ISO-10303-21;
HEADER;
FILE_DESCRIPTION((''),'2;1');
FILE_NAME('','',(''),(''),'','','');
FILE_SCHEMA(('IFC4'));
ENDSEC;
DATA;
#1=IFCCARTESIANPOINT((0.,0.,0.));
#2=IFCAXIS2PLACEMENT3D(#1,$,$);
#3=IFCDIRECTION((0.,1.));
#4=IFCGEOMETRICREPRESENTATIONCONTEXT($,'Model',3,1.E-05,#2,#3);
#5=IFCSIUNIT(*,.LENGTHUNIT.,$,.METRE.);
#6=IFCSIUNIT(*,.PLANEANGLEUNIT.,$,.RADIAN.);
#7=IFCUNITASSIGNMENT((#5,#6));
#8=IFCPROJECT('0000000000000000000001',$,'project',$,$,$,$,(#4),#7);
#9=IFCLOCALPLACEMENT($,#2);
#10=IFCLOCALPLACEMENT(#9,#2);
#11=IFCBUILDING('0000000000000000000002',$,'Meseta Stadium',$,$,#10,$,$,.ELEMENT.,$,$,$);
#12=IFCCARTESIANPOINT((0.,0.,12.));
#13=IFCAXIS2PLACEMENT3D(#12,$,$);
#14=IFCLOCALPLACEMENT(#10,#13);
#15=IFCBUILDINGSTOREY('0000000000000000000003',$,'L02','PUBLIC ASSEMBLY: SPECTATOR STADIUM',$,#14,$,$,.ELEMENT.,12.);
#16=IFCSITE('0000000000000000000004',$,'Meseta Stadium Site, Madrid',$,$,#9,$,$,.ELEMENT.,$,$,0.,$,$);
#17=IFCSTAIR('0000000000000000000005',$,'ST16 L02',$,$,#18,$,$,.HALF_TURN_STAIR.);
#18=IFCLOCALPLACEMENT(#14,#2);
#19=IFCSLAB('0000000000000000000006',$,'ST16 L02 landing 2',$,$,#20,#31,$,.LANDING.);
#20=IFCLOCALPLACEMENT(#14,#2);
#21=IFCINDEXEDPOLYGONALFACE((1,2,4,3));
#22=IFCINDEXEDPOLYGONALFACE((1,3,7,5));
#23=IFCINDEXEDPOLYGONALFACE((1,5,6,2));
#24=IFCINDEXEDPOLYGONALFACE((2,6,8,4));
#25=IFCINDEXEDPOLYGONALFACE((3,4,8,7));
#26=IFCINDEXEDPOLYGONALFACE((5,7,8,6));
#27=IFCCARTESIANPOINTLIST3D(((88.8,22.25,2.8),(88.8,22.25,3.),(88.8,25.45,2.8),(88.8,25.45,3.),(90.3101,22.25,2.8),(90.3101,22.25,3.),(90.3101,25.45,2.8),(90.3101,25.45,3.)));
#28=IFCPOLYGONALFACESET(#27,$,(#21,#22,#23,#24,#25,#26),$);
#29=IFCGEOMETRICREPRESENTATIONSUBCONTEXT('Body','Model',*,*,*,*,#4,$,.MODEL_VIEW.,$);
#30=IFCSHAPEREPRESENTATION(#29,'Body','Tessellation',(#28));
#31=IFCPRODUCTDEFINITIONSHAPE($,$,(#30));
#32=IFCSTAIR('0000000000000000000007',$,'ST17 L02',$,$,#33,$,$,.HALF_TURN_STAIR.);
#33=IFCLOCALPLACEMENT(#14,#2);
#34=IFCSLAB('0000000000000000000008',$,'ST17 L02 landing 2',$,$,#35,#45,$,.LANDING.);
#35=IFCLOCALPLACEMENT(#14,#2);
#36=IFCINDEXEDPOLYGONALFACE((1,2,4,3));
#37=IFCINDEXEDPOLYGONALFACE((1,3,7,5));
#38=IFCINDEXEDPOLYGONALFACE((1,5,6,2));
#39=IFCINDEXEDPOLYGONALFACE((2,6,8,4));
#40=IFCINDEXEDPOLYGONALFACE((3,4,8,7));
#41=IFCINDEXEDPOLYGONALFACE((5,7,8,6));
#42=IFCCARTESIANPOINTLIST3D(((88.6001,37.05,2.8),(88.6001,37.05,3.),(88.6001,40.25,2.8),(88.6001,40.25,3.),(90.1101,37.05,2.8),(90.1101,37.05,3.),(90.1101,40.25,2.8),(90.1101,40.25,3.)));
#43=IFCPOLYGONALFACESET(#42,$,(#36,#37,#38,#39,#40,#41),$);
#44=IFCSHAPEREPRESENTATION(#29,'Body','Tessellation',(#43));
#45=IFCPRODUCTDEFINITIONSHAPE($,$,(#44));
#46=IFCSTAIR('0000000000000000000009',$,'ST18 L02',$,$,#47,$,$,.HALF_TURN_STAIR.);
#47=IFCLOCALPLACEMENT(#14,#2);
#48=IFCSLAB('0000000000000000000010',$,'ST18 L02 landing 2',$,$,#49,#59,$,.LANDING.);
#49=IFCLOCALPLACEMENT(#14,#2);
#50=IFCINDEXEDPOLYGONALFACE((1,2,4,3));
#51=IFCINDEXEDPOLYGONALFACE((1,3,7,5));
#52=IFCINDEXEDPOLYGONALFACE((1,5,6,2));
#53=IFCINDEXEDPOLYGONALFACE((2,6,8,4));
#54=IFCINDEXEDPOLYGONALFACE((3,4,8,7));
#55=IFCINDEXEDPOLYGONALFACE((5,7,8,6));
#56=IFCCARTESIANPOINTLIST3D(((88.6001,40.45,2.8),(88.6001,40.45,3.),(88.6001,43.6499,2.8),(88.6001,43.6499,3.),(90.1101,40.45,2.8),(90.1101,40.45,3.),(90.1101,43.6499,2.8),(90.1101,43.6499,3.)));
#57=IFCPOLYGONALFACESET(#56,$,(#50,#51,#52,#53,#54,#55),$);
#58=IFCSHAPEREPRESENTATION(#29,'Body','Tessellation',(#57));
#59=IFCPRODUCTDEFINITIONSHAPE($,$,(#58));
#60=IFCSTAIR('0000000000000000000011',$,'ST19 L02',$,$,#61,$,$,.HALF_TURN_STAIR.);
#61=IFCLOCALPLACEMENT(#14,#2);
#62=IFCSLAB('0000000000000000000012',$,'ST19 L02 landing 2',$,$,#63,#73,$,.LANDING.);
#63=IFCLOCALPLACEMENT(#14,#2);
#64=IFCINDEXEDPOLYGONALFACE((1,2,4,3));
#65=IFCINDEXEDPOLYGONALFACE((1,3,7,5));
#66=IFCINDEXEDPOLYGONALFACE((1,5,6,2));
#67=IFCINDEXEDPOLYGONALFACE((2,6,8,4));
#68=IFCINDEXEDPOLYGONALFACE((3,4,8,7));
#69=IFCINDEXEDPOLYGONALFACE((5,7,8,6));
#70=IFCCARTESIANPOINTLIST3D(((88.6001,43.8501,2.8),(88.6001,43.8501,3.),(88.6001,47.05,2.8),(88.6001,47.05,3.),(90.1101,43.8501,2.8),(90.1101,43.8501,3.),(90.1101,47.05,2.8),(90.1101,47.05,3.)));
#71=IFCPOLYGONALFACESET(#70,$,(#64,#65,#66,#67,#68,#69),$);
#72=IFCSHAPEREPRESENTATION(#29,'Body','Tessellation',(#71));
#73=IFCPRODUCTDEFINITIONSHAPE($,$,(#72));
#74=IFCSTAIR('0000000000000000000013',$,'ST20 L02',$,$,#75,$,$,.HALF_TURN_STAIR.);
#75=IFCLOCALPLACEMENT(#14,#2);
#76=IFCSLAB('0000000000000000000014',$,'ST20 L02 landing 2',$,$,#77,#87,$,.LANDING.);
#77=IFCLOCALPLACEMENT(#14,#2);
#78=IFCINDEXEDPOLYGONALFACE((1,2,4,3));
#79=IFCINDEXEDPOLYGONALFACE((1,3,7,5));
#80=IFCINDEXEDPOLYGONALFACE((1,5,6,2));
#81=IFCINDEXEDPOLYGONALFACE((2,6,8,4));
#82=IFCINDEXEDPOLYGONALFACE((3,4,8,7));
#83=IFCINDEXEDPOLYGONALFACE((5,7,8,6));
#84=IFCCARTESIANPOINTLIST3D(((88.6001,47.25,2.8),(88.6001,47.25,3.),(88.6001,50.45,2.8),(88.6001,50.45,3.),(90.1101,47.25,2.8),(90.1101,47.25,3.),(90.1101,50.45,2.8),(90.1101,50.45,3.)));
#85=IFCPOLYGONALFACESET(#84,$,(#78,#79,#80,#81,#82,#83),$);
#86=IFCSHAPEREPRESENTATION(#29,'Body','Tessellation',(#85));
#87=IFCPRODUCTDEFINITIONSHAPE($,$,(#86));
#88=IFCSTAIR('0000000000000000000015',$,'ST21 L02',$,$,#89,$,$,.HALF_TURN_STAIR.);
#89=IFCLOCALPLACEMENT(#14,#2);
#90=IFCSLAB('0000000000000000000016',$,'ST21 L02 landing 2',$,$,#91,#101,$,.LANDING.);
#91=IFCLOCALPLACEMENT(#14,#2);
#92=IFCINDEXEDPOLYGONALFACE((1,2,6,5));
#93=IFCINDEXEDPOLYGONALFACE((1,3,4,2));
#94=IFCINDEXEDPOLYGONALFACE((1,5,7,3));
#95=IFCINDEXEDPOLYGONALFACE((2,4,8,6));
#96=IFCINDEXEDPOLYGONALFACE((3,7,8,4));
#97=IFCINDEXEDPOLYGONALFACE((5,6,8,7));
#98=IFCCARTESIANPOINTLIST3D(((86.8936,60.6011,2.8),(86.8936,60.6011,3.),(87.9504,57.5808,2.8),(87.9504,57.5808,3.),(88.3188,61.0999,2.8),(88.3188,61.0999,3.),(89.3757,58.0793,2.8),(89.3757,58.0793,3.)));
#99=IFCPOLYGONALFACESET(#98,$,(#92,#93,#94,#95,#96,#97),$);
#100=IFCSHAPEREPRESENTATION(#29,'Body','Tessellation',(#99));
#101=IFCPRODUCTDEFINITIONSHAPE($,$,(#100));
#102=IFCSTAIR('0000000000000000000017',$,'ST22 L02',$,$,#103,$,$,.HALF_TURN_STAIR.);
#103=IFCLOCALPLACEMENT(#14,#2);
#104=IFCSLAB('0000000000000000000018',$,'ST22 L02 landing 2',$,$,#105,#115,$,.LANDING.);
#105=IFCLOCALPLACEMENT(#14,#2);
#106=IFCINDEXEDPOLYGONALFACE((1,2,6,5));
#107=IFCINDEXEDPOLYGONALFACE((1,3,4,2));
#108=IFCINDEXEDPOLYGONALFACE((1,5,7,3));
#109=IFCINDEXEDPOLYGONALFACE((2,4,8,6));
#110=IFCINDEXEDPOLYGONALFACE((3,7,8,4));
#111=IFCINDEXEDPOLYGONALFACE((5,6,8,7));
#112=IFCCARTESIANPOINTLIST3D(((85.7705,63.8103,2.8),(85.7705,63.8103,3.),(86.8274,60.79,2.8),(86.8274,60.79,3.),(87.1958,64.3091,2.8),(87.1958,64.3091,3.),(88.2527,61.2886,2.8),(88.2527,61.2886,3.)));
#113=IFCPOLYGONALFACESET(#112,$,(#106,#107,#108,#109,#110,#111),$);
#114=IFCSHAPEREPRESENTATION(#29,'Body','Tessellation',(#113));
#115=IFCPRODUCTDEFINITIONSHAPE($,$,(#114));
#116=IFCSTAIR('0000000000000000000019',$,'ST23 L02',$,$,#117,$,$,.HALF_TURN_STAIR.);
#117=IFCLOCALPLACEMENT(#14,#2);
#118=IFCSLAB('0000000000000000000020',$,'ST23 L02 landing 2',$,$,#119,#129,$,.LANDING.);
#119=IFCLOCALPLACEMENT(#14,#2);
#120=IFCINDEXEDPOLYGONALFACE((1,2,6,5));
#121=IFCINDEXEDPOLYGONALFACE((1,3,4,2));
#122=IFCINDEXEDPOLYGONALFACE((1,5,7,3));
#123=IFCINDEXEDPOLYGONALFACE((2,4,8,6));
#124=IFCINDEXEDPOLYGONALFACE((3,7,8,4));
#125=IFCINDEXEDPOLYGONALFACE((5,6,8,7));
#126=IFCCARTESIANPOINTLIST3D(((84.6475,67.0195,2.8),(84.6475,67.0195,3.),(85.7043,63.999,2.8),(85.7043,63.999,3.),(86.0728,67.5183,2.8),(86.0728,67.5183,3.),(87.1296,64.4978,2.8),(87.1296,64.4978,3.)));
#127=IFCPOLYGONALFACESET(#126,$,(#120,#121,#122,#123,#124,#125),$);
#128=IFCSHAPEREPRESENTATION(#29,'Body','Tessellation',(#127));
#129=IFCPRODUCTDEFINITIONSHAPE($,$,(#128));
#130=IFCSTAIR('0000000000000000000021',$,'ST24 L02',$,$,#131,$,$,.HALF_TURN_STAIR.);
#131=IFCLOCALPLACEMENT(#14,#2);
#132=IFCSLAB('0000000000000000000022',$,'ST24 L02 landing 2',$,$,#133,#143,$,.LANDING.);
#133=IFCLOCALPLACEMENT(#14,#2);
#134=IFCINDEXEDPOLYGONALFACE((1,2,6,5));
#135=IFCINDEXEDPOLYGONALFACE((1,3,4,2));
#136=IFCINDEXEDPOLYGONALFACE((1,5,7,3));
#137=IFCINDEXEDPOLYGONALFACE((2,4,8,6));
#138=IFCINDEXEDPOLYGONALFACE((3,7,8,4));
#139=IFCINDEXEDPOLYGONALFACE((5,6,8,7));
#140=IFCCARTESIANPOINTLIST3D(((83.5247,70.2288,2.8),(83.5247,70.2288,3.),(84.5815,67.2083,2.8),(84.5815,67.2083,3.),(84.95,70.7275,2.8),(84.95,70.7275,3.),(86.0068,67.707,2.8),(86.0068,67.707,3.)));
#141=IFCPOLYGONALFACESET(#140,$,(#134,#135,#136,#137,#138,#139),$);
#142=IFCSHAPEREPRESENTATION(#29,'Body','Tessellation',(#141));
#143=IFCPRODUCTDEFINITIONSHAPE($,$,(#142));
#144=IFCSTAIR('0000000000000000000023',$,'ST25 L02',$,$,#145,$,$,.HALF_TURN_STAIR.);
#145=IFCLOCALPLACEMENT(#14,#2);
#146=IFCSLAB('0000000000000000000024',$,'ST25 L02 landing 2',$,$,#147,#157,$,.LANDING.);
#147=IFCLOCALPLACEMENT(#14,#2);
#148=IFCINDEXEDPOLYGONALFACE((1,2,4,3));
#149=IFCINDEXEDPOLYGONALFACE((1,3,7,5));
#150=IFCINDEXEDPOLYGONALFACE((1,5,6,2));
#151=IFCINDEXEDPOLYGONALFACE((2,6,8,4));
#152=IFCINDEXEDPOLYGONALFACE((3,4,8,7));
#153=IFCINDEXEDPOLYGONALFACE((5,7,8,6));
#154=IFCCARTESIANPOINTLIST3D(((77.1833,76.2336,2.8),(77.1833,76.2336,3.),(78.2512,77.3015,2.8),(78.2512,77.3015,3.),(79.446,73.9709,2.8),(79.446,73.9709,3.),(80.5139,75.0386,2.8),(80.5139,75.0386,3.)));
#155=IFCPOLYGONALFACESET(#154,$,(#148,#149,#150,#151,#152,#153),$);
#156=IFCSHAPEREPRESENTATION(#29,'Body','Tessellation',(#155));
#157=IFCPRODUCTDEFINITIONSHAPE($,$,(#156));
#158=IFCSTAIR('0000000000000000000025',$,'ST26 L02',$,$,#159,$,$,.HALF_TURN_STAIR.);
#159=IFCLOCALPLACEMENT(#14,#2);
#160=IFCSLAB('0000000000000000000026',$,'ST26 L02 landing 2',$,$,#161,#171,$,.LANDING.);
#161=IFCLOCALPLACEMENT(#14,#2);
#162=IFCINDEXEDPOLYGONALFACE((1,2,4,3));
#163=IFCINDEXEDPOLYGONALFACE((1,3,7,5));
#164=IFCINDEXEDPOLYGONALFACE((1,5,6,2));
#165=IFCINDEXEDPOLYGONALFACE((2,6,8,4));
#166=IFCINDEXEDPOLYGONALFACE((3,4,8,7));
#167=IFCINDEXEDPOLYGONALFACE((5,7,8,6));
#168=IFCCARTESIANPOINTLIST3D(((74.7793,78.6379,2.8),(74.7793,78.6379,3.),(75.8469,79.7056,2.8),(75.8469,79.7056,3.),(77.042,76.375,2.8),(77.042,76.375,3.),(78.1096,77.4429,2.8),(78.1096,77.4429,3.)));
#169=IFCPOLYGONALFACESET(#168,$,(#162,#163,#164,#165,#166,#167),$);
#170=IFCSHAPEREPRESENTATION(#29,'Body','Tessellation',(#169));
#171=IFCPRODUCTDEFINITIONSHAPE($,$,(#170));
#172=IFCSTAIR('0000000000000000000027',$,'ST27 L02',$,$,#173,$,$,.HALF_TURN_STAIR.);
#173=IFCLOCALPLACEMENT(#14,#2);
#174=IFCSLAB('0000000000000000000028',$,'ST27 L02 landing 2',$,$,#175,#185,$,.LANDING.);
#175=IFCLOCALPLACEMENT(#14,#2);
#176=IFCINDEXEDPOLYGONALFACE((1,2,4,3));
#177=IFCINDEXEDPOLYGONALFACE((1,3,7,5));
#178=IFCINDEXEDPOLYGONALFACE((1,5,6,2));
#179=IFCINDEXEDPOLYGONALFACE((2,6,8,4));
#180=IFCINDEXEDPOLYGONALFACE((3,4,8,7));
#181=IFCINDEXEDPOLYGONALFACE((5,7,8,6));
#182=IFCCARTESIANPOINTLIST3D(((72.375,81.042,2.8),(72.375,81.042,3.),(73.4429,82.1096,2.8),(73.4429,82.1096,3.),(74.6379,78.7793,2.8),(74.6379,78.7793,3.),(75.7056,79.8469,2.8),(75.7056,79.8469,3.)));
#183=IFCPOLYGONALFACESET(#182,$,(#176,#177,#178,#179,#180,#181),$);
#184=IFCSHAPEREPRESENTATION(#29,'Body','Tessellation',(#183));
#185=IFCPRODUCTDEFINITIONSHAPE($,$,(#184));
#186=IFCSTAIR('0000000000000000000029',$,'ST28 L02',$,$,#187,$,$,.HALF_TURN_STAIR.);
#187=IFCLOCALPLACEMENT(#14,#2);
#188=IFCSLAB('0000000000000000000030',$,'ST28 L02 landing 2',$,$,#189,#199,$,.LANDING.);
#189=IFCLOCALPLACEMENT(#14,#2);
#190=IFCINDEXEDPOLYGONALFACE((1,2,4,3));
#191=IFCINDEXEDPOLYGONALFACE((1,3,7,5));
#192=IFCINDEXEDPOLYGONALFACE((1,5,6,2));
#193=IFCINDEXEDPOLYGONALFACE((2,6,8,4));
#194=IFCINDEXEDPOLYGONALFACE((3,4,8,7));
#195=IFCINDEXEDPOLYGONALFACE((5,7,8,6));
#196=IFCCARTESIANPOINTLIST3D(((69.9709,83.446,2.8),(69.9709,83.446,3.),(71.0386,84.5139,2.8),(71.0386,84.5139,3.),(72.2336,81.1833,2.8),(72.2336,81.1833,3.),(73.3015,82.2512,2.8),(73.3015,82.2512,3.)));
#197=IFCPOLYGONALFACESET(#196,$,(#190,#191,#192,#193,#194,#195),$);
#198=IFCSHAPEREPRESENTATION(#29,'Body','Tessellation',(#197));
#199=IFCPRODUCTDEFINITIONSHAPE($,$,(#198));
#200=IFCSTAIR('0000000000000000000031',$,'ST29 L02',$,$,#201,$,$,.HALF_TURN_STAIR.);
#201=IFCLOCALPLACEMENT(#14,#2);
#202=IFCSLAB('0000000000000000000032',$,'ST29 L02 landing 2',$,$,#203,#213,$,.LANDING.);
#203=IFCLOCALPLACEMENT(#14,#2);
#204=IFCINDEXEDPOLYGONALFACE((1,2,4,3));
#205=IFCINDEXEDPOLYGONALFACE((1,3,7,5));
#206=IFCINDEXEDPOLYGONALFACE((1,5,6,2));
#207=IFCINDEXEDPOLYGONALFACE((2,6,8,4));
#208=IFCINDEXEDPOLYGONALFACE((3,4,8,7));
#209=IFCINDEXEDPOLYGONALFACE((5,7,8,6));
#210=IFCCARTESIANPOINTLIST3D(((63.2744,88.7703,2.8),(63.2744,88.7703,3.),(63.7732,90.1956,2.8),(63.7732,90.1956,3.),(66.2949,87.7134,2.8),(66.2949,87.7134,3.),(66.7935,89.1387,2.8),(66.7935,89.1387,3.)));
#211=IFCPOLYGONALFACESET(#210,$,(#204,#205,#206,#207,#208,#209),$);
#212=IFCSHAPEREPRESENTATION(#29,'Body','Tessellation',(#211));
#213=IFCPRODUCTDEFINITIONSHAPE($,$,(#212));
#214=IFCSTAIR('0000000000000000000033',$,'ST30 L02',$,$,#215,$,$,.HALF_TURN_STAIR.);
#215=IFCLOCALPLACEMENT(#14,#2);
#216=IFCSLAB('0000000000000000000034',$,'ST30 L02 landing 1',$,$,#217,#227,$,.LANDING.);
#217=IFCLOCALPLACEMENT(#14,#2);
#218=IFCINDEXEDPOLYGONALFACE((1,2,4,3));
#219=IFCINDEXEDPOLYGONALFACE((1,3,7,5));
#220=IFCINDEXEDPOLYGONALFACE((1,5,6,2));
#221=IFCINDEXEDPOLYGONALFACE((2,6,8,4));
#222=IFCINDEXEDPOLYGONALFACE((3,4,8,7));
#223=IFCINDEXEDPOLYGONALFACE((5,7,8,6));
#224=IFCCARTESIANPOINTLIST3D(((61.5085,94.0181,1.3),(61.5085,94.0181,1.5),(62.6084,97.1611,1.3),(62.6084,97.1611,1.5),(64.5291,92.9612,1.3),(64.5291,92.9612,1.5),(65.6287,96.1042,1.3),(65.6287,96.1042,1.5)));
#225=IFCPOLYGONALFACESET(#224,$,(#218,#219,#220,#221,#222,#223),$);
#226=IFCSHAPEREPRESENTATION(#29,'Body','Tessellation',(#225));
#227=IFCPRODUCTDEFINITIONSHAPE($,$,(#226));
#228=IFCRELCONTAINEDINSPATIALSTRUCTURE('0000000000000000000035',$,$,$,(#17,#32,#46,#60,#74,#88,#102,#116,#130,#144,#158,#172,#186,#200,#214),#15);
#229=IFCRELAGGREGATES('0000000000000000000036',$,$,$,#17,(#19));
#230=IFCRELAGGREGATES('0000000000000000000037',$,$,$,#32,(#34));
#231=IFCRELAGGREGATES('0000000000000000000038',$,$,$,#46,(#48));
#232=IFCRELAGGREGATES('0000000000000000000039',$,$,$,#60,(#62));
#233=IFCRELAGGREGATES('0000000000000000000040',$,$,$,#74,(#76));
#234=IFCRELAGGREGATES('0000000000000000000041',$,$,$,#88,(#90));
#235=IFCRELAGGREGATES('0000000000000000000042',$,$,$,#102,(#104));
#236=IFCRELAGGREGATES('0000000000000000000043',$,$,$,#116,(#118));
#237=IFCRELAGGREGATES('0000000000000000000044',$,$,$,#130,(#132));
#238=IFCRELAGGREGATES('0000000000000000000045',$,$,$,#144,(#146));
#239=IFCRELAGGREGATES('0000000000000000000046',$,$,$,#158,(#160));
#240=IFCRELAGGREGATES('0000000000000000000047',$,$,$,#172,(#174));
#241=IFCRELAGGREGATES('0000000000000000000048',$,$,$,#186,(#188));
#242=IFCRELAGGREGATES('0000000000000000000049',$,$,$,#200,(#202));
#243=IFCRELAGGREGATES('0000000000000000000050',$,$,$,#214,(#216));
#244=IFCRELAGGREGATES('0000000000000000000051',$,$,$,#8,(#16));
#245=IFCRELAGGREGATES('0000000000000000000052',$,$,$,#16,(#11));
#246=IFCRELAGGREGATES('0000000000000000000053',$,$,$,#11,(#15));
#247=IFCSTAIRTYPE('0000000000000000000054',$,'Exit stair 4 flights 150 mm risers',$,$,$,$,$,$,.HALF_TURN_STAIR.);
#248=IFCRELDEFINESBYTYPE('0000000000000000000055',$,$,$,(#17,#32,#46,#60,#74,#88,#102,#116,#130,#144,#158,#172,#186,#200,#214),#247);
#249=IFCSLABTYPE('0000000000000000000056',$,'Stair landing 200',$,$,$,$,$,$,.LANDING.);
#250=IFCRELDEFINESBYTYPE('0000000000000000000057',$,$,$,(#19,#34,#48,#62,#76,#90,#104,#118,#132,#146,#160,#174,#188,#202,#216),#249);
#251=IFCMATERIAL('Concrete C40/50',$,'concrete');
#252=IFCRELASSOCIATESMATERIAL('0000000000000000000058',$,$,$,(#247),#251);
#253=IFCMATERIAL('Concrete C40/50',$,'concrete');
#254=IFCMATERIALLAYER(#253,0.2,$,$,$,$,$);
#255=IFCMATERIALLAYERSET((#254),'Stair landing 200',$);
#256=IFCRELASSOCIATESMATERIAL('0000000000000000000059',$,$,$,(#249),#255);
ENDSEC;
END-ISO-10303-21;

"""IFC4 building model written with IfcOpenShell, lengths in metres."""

from ifc_helpers import new_model, si_unit, direction, frame, origin, place, context, subcontext, project, spatial, polyline, outline, extrude, material, layer, layer_set, type_object, element, aggregate, save


model = new_model("IFC4")

# Units and contexts
model_context = context("Model", 3, precision=1e-05, world=origin(), true_north=direction((0.0, 1.0)))
body_context = subcontext(model_context, "Body", "Model", "MODEL_VIEW")
ifc_project = project(units=[si_unit("LENGTHUNIT", "METRE"), si_unit("PLANEANGLEUNIT", "RADIAN")], contexts=[model_context])

# Site, building, storey
site_placement = place(None, origin())
site = spatial("IfcSite", under=ifc_project, at=site_placement, Name="Meseta Stadium Site, Madrid", CompositionType="ELEMENT", RefElevation=0.0)
building_placement = place(site_placement, origin())
building = spatial("IfcBuilding", under=site, at=building_placement, Name="Meseta Stadium", CompositionType="ELEMENT")
storey_placement = place(building_placement, frame((0.0, 0.0, 12.0)))
storey = spatial("IfcBuildingStorey", under=building, at=storey_placement, Name="L02", Description="PUBLIC ASSEMBLY: SPECTATOR STADIUM", CompositionType="ELEMENT", Elevation=12.0)

# Stairs, slabs
ifc_material_1 = material(Name="Concrete C40/50", Category="concrete")
stair_type = type_object("IfcStairType", Name="Exit stair 4 flights 150 mm risers", PredefinedType="HALF_TURN_STAIR", material=ifc_material_1)
ifc_material_2 = material(Name="Concrete C40/50", Category="concrete")
ifc_layer = layer(ifc_material_2, 0.2)
ifc_layer_set = layer_set([ifc_layer], Name="Stair landing 200")
slab_type = type_object("IfcSlabType", Name="Stair landing 200", PredefinedType="LANDING", material=ifc_layer_set)
stair_1_placement = place(storey_placement, origin())
stair_1 = element("IfcStair", 1, at=stair_1_placement, inside=storey, type_object=stair_type, Name="ST16 L02", PredefinedType="HALF_TURN_STAIR")
slab_1_placement = place(storey_placement, frame((0.0, 0.0, 2.8)))
slab_1 = element("IfcSlab", 2, at=slab_1_placement, type_object=slab_type, Name="ST16 L02 landing 2", PredefinedType="LANDING", context=body_context, shape_type="SweptSolid", body=[
    extrude(outline(polyline([(88.8, 22.25), (90.3101, 22.25), (90.3101, 25.45), (88.8, 25.45), (88.8, 22.25)])), origin(), (0.0, 0.0, 1.0), 0.2),
])
aggregate(stair_1, [slab_1])
stair_2_placement = place(storey_placement, origin())
stair_2 = element("IfcStair", 3, at=stair_2_placement, inside=storey, type_object=stair_type, Name="ST17 L02", PredefinedType="HALF_TURN_STAIR")
slab_2_placement = place(storey_placement, frame((0.0, 0.0, 2.8)))
slab_2 = element("IfcSlab", 4, at=slab_2_placement, type_object=slab_type, Name="ST17 L02 landing 2", PredefinedType="LANDING", context=body_context, shape_type="SweptSolid", body=[
    extrude(outline(polyline([(88.6001, 37.05), (90.1101, 37.05), (90.1101, 40.25), (88.6001, 40.25), (88.6001, 37.05)])), origin(), (0.0, 0.0, 1.0), 0.2),
])
aggregate(stair_2, [slab_2])
stair_3_placement = place(storey_placement, origin())
stair_3 = element("IfcStair", 5, at=stair_3_placement, inside=storey, type_object=stair_type, Name="ST18 L02", PredefinedType="HALF_TURN_STAIR")
slab_3_placement = place(storey_placement, frame((0.0, 0.0, 2.8)))
slab_3 = element("IfcSlab", 6, at=slab_3_placement, type_object=slab_type, Name="ST18 L02 landing 2", PredefinedType="LANDING", context=body_context, shape_type="SweptSolid", body=[
    extrude(outline(polyline([(88.6001, 40.45), (90.1101, 40.45), (90.1101, 43.6499), (88.6001, 43.6499), (88.6001, 40.45)])), origin(), (0.0, 0.0, 1.0), 0.2),
])
aggregate(stair_3, [slab_3])
stair_4_placement = place(storey_placement, origin())
stair_4 = element("IfcStair", 7, at=stair_4_placement, inside=storey, type_object=stair_type, Name="ST19 L02", PredefinedType="HALF_TURN_STAIR")
slab_4_placement = place(storey_placement, frame((0.0, 0.0, 2.8)))
slab_4 = element("IfcSlab", 8, at=slab_4_placement, type_object=slab_type, Name="ST19 L02 landing 2", PredefinedType="LANDING", context=body_context, shape_type="SweptSolid", body=[
    extrude(outline(polyline([(88.6001, 43.8501), (90.1101, 43.8501), (90.1101, 47.05), (88.6001, 47.05), (88.6001, 43.8501)])), origin(), (0.0, 0.0, 1.0), 0.2),
])
aggregate(stair_4, [slab_4])
stair_5_placement = place(storey_placement, origin())
stair_5 = element("IfcStair", 9, at=stair_5_placement, inside=storey, type_object=stair_type, Name="ST20 L02", PredefinedType="HALF_TURN_STAIR")
slab_5_placement = place(storey_placement, frame((0.0, 0.0, 2.8)))
slab_5 = element("IfcSlab", 10, at=slab_5_placement, type_object=slab_type, Name="ST20 L02 landing 2", PredefinedType="LANDING", context=body_context, shape_type="SweptSolid", body=[
    extrude(outline(polyline([(88.6001, 47.25), (90.1101, 47.25), (90.1101, 50.45), (88.6001, 50.45), (88.6001, 47.25)])), origin(), (0.0, 0.0, 1.0), 0.2),
])
aggregate(stair_5, [slab_5])
stair_6_placement = place(storey_placement, origin())
stair_6 = element("IfcStair", 11, at=stair_6_placement, inside=storey, type_object=stair_type, Name="ST21 L02", PredefinedType="HALF_TURN_STAIR")
slab_6_placement = place(storey_placement, frame((0.0, 0.0, 2.8)))
slab_6 = element("IfcSlab", 12, at=slab_6_placement, type_object=slab_type, Name="ST21 L02 landing 2", PredefinedType="LANDING", context=body_context, shape_type="SweptSolid", body=[
    extrude(outline(polyline([(87.9504, 57.5808), (89.3757, 58.0793), (88.3188, 61.0999), (86.8936, 60.6011), (87.9504, 57.5808)])), origin(), (0.0, 0.0, 1.0), 0.2),
])
aggregate(stair_6, [slab_6])
stair_7_placement = place(storey_placement, origin())
stair_7 = element("IfcStair", 13, at=stair_7_placement, inside=storey, type_object=stair_type, Name="ST22 L02", PredefinedType="HALF_TURN_STAIR")
slab_7_placement = place(storey_placement, frame((0.0, 0.0, 2.8)))
slab_7 = element("IfcSlab", 14, at=slab_7_placement, type_object=slab_type, Name="ST22 L02 landing 2", PredefinedType="LANDING", context=body_context, shape_type="SweptSolid", body=[
    extrude(outline(polyline([(86.8274, 60.79), (88.2527, 61.2886), (87.1958, 64.3091), (85.7705, 63.8103), (86.8274, 60.79)])), origin(), (0.0, 0.0, 1.0), 0.2),
])
aggregate(stair_7, [slab_7])
stair_8_placement = place(storey_placement, origin())
stair_8 = element("IfcStair", 15, at=stair_8_placement, inside=storey, type_object=stair_type, Name="ST23 L02", PredefinedType="HALF_TURN_STAIR")
slab_8_placement = place(storey_placement, frame((0.0, 0.0, 2.8)))
slab_8 = element("IfcSlab", 16, at=slab_8_placement, type_object=slab_type, Name="ST23 L02 landing 2", PredefinedType="LANDING", context=body_context, shape_type="SweptSolid", body=[
    extrude(outline(polyline([(85.7043, 63.999), (87.1296, 64.4978), (86.0728, 67.5183), (84.6475, 67.0195), (85.7043, 63.999)])), origin(), (0.0, 0.0, 1.0), 0.2),
])
aggregate(stair_8, [slab_8])
stair_9_placement = place(storey_placement, origin())
stair_9 = element("IfcStair", 17, at=stair_9_placement, inside=storey, type_object=stair_type, Name="ST24 L02", PredefinedType="HALF_TURN_STAIR")
slab_9_placement = place(storey_placement, frame((0.0, 0.0, 2.8)))
slab_9 = element("IfcSlab", 18, at=slab_9_placement, type_object=slab_type, Name="ST24 L02 landing 2", PredefinedType="LANDING", context=body_context, shape_type="SweptSolid", body=[
    extrude(outline(polyline([(84.5815, 67.2083), (86.0068, 67.707), (84.95, 70.7275), (83.5247, 70.2288), (84.5815, 67.2083)])), origin(), (0.0, 0.0, 1.0), 0.2),
])
aggregate(stair_9, [slab_9])
stair_10_placement = place(storey_placement, origin())
stair_10 = element("IfcStair", 19, at=stair_10_placement, inside=storey, type_object=stair_type, Name="ST25 L02", PredefinedType="HALF_TURN_STAIR")
slab_10_placement = place(storey_placement, frame((0.0, 0.0, 2.8)))
slab_10 = element("IfcSlab", 20, at=slab_10_placement, type_object=slab_type, Name="ST25 L02 landing 2", PredefinedType="LANDING", context=body_context, shape_type="SweptSolid", body=[
    extrude(outline(polyline([(79.446, 73.9709), (80.5139, 75.0386), (78.2512, 77.3015), (77.1833, 76.2336), (79.446, 73.9709)])), origin(), (0.0, 0.0, 1.0), 0.2),
])
aggregate(stair_10, [slab_10])
stair_11_placement = place(storey_placement, origin())
stair_11 = element("IfcStair", 21, at=stair_11_placement, inside=storey, type_object=stair_type, Name="ST26 L02", PredefinedType="HALF_TURN_STAIR")
slab_11_placement = place(storey_placement, frame((0.0, 0.0, 2.8)))
slab_11 = element("IfcSlab", 22, at=slab_11_placement, type_object=slab_type, Name="ST26 L02 landing 2", PredefinedType="LANDING", context=body_context, shape_type="SweptSolid", body=[
    extrude(outline(polyline([(77.042, 76.375), (78.1096, 77.4429), (75.8469, 79.7056), (74.7793, 78.6379), (77.042, 76.375)])), origin(), (0.0, 0.0, 1.0), 0.2),
])
aggregate(stair_11, [slab_11])
stair_12_placement = place(storey_placement, origin())
stair_12 = element("IfcStair", 23, at=stair_12_placement, inside=storey, type_object=stair_type, Name="ST27 L02", PredefinedType="HALF_TURN_STAIR")
slab_12_placement = place(storey_placement, frame((0.0, 0.0, 2.8)))
slab_12 = element("IfcSlab", 24, at=slab_12_placement, type_object=slab_type, Name="ST27 L02 landing 2", PredefinedType="LANDING", context=body_context, shape_type="SweptSolid", body=[
    extrude(outline(polyline([(74.6379, 78.7793), (75.7056, 79.8469), (73.4429, 82.1096), (72.375, 81.042), (74.6379, 78.7793)])), origin(), (0.0, 0.0, 1.0), 0.2),
])
aggregate(stair_12, [slab_12])
stair_13_placement = place(storey_placement, origin())
stair_13 = element("IfcStair", 25, at=stair_13_placement, inside=storey, type_object=stair_type, Name="ST28 L02", PredefinedType="HALF_TURN_STAIR")
slab_13_placement = place(storey_placement, frame((0.0, 0.0, 2.8)))
slab_13 = element("IfcSlab", 26, at=slab_13_placement, type_object=slab_type, Name="ST28 L02 landing 2", PredefinedType="LANDING", context=body_context, shape_type="SweptSolid", body=[
    extrude(outline(polyline([(72.2336, 81.1833), (73.3015, 82.2512), (71.0386, 84.5139), (69.9709, 83.446), (72.2336, 81.1833)])), origin(), (0.0, 0.0, 1.0), 0.2),
])
aggregate(stair_13, [slab_13])
stair_14_placement = place(storey_placement, origin())
stair_14 = element("IfcStair", 27, at=stair_14_placement, inside=storey, type_object=stair_type, Name="ST29 L02", PredefinedType="HALF_TURN_STAIR")
slab_14_placement = place(storey_placement, frame((0.0, 0.0, 2.8)))
slab_14 = element("IfcSlab", 28, at=slab_14_placement, type_object=slab_type, Name="ST29 L02 landing 2", PredefinedType="LANDING", context=body_context, shape_type="SweptSolid", body=[
    extrude(outline(polyline([(66.2949, 87.7134), (66.7935, 89.1387), (63.7732, 90.1956), (63.2744, 88.7703), (66.2949, 87.7134)])), origin(), (0.0, 0.0, 1.0), 0.2),
])
aggregate(stair_14, [slab_14])

# Stair, slab
stair_15_placement = place(storey_placement, origin())
stair_15 = element("IfcStair", 29, at=stair_15_placement, inside=storey, type_object=stair_type, Name="ST30 L02", PredefinedType="HALF_TURN_STAIR")
slab_15_placement = place(storey_placement, frame((0.0, 0.0, 1.3)))
slab_15 = element("IfcSlab", 30, at=slab_15_placement, type_object=slab_type, Name="ST30 L02 landing 1", PredefinedType="LANDING", context=body_context, shape_type="SweptSolid", body=[
    extrude(outline(polyline([(64.5291, 92.9612), (65.6287, 96.1042), (62.6084, 97.1611), (61.5085, 94.0181), (64.5291, 92.9612)])), origin(), (0.0, 0.0, 1.0), 0.2),
])
aggregate(stair_15, [slab_15])

save(model, "model.ifc")
